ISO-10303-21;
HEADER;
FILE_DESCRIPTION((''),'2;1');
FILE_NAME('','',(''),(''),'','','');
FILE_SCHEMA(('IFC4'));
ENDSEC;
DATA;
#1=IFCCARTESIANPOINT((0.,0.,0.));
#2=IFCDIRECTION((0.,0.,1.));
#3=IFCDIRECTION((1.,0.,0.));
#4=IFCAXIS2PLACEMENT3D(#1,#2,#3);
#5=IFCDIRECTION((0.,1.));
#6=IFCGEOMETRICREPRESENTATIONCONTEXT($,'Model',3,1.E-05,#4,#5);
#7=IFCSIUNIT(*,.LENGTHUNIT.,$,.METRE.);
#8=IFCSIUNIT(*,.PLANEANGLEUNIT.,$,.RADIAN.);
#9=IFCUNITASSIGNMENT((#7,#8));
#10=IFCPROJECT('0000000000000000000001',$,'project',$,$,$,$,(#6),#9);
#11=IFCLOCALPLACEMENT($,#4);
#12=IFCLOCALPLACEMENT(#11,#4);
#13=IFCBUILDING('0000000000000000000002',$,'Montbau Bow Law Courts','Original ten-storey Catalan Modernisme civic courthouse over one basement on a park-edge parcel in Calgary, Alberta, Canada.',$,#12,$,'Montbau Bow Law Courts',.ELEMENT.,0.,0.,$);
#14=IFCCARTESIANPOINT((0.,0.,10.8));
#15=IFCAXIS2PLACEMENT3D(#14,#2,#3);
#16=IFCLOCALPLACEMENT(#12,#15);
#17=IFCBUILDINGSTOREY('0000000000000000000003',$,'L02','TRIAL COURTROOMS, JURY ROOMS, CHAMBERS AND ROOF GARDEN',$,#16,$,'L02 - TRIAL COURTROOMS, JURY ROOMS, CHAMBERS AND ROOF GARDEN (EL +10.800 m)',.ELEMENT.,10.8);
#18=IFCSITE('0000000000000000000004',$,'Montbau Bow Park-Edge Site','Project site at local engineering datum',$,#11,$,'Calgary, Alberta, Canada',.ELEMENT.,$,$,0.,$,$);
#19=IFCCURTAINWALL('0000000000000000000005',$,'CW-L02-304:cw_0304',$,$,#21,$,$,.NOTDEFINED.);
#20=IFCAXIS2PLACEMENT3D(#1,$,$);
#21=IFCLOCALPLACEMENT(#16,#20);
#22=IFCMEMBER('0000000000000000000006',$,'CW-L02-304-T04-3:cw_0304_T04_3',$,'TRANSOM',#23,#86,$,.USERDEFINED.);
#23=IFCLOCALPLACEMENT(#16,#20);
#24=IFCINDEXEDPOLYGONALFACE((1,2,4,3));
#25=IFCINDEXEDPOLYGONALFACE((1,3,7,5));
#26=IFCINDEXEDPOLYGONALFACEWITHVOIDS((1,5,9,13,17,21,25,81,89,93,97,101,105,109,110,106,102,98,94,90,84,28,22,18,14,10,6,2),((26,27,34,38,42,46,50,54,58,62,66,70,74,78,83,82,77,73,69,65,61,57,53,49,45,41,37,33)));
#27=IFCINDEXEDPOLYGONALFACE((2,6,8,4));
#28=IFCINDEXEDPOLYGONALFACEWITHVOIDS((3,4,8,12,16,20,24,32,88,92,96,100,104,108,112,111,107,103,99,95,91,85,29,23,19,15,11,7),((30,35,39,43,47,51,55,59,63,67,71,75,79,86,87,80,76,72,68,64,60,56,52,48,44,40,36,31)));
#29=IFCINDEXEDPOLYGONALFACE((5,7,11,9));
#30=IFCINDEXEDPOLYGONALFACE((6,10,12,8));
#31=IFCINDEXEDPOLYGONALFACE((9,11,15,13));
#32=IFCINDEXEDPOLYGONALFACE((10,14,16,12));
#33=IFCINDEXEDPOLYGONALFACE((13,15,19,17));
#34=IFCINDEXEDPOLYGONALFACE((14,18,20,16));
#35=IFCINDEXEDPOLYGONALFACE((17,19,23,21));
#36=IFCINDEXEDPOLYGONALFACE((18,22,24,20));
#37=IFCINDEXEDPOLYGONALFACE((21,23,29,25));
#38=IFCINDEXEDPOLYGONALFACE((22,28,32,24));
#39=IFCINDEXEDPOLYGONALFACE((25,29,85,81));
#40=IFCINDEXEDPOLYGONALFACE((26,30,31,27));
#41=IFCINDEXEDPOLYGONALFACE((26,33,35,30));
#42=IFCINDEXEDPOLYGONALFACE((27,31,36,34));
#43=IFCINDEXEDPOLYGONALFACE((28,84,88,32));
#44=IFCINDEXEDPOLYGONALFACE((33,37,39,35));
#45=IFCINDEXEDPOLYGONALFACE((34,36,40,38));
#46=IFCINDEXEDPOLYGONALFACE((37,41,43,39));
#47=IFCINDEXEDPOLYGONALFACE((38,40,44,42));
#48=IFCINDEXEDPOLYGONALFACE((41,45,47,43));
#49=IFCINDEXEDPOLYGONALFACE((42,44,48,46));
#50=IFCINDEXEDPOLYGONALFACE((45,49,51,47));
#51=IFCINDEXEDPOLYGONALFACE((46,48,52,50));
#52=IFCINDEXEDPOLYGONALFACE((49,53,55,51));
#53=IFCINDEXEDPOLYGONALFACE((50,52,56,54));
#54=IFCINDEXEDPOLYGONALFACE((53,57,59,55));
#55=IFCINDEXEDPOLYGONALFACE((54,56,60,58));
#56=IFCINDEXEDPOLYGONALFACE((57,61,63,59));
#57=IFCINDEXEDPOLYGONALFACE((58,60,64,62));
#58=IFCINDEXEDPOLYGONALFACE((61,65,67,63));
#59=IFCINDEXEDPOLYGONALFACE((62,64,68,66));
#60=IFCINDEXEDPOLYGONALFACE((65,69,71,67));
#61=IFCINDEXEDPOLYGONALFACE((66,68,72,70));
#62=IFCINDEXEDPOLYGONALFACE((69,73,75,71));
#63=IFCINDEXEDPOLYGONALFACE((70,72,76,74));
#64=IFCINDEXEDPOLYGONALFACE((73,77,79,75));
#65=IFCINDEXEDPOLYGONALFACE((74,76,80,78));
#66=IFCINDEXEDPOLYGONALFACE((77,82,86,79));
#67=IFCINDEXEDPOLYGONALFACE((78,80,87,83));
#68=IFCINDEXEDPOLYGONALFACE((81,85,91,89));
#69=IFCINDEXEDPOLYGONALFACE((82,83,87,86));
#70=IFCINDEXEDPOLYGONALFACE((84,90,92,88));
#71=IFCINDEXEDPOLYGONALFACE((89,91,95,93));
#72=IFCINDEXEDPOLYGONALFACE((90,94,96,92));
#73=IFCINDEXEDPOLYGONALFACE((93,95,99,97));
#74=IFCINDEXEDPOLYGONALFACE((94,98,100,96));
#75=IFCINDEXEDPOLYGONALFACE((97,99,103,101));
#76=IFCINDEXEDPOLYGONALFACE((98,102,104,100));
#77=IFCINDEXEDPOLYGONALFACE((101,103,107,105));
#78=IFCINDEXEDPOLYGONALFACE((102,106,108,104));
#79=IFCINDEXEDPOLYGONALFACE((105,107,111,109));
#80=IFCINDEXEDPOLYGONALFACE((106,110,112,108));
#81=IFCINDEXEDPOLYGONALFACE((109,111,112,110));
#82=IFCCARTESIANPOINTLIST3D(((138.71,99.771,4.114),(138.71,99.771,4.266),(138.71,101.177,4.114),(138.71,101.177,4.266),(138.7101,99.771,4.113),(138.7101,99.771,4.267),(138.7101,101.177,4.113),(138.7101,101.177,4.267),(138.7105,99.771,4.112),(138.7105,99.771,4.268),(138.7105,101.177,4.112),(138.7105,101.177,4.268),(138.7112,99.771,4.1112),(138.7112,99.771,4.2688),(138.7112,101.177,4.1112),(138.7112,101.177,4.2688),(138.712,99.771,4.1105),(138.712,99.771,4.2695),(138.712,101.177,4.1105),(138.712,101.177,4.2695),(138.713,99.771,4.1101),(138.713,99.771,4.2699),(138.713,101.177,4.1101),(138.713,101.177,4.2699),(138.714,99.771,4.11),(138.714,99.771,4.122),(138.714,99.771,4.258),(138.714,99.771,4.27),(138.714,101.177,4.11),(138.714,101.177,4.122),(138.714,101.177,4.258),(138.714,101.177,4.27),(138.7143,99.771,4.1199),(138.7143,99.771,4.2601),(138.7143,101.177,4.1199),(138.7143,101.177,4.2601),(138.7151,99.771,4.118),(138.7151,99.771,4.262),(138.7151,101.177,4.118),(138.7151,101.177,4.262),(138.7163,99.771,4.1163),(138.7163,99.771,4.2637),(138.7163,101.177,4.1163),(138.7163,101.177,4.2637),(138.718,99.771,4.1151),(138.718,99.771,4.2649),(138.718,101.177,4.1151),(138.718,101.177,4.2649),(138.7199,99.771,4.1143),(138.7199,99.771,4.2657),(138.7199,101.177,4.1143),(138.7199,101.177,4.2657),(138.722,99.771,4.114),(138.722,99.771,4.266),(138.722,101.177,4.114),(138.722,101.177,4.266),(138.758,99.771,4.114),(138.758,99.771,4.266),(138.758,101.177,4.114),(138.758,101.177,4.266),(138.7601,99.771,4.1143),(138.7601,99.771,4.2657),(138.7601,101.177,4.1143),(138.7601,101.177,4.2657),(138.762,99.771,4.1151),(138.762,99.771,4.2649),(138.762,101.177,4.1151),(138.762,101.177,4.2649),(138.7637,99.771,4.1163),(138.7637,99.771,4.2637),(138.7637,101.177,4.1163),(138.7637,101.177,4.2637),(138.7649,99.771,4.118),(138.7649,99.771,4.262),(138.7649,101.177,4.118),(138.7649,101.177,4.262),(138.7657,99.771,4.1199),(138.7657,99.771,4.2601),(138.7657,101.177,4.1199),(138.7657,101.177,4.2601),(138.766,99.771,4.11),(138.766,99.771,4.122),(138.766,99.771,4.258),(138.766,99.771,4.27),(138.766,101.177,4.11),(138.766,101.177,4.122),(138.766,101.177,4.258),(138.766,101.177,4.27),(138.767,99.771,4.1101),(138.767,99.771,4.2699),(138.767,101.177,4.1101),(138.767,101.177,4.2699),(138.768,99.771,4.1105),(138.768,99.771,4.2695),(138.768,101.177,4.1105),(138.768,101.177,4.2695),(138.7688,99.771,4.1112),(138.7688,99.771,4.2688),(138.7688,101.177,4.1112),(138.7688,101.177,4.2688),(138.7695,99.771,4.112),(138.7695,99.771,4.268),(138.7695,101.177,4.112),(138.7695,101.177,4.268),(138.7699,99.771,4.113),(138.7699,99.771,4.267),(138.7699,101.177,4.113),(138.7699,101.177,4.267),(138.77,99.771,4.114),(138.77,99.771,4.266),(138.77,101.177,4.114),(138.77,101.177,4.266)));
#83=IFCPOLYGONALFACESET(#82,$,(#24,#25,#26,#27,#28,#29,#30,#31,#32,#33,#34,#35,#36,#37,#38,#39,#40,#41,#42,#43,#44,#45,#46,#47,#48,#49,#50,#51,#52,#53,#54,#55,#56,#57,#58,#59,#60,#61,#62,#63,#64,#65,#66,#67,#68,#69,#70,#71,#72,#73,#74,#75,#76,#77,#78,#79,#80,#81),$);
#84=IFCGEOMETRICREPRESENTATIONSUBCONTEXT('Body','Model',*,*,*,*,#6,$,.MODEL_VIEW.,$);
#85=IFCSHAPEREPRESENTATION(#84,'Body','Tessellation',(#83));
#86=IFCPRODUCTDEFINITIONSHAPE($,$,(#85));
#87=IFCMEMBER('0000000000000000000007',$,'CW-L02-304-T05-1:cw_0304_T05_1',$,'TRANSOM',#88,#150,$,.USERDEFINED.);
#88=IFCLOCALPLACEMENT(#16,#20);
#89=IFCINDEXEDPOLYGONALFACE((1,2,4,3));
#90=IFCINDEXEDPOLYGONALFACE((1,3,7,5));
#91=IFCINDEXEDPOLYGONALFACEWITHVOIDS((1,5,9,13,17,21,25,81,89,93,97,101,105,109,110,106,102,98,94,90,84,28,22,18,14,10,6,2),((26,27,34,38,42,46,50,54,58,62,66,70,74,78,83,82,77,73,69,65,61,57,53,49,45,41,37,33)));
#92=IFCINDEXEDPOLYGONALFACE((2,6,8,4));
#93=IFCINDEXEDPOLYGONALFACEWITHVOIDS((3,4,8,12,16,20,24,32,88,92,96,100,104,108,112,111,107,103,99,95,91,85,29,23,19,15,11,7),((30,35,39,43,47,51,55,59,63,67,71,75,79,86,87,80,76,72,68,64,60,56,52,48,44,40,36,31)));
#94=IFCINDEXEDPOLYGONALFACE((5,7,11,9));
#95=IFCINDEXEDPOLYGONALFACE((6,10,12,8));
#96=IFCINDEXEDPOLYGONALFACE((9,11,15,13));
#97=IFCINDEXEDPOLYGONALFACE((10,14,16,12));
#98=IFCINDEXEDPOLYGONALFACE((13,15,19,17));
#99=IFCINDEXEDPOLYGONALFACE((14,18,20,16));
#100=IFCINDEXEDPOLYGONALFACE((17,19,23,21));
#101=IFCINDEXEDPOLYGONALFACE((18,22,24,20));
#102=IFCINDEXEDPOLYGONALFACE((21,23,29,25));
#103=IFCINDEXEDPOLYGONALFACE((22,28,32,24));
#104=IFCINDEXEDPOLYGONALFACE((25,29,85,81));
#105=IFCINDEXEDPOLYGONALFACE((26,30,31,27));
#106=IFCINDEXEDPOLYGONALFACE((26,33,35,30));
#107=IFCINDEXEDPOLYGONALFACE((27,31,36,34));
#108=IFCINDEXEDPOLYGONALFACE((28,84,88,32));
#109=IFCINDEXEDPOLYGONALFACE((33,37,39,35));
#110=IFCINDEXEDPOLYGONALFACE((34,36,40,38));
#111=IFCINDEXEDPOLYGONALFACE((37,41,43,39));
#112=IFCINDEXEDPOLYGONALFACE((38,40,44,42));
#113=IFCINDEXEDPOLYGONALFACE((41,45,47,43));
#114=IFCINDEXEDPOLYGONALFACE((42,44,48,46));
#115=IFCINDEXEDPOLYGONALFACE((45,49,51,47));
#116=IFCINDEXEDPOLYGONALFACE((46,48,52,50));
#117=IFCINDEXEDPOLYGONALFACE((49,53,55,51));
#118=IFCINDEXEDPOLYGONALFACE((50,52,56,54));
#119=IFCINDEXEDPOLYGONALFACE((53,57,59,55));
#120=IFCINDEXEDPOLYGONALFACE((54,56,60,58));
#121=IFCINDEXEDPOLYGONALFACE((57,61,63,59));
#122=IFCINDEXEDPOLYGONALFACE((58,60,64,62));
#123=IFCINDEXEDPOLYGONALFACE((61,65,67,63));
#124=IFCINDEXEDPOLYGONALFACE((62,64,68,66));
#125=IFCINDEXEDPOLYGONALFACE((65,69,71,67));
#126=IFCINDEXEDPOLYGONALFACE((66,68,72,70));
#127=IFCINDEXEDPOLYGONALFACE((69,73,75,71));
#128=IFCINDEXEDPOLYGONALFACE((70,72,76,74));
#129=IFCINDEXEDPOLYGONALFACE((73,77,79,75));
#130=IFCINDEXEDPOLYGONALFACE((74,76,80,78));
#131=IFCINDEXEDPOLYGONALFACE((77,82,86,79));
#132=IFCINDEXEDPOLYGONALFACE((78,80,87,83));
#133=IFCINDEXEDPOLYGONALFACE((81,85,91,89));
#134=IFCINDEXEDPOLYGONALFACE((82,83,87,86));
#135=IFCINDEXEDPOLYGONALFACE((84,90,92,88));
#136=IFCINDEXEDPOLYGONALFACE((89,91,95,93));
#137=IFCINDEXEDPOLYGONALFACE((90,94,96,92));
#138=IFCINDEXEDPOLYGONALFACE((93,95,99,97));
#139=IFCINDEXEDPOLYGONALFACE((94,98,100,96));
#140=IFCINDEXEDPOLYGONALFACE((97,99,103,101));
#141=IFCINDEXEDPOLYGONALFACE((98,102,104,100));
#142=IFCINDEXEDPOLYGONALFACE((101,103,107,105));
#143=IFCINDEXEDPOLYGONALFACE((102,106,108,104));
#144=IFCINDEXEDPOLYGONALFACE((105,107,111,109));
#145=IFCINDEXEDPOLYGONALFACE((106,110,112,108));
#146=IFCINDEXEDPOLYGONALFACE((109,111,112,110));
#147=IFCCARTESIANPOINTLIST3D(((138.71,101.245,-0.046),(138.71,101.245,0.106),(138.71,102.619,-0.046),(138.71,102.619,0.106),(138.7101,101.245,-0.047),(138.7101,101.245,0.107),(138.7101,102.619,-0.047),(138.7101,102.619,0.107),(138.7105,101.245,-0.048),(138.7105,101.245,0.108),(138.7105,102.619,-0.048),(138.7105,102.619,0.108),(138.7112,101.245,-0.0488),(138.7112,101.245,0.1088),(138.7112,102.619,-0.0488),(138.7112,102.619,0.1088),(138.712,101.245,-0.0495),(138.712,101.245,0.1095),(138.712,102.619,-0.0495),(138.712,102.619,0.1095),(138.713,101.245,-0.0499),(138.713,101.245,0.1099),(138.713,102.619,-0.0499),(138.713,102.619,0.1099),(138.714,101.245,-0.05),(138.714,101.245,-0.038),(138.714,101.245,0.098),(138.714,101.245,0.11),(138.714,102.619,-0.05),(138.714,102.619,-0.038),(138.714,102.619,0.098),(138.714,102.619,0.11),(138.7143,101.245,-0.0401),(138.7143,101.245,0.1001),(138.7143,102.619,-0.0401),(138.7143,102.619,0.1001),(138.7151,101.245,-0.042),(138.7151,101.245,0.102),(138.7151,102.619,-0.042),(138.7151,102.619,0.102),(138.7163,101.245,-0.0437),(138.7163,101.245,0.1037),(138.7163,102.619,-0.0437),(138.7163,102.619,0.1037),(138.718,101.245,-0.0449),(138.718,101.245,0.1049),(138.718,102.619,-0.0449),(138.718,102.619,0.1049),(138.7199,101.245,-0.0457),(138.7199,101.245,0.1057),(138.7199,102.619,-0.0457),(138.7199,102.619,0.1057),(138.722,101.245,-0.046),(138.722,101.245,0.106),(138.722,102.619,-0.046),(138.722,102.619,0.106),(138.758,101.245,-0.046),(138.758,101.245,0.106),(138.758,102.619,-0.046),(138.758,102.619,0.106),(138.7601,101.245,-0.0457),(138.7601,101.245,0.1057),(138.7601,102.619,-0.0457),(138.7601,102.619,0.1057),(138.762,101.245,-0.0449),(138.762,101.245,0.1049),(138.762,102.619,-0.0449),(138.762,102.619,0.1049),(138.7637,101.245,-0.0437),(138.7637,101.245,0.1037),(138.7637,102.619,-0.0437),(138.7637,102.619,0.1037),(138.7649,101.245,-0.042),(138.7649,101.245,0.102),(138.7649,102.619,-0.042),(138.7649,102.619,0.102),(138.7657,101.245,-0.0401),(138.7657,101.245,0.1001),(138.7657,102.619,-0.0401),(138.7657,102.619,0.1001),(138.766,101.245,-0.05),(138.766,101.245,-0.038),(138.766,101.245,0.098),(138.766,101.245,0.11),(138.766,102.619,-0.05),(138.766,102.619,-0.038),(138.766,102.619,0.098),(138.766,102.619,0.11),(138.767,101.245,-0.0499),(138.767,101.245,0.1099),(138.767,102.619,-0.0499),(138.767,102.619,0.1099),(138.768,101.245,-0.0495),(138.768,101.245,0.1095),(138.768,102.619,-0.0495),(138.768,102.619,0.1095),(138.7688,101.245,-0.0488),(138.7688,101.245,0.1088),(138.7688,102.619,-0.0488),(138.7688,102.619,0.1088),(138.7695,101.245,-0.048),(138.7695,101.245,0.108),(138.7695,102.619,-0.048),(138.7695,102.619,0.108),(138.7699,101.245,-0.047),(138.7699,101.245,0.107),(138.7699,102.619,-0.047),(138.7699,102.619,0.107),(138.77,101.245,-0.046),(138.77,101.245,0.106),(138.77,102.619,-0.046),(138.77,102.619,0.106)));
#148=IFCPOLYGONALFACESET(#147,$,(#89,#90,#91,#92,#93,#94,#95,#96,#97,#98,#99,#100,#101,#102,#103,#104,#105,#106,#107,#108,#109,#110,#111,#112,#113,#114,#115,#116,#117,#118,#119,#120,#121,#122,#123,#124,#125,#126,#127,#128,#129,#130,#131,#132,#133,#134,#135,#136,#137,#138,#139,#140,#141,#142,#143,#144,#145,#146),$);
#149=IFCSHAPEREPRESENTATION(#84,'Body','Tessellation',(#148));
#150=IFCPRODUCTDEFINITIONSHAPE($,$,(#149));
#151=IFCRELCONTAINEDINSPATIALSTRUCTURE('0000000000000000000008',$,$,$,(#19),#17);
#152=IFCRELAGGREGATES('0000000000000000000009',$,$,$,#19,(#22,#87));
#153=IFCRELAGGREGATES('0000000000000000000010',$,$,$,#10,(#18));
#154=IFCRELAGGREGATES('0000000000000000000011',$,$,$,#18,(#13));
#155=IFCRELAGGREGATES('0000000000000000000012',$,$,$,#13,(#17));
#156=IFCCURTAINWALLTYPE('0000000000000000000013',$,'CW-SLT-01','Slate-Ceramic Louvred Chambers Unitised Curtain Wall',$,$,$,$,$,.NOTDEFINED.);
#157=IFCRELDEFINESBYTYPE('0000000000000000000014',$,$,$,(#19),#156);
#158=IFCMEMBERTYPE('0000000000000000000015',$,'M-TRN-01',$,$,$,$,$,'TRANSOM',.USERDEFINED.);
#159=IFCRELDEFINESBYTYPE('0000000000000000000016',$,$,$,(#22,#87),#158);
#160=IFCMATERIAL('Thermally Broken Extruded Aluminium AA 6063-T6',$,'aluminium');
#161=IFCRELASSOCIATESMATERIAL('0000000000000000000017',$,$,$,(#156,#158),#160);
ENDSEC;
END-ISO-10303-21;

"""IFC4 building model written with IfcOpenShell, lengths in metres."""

from ifc_helpers import new_model, si_unit, direction, frame, origin_with_axes, origin_2d_with_axis, place, context, subcontext, project, spatial, hollow_rectangle, extrude, material, material_profile, profile_set, type_object, element, aggregate, save


model = new_model("IFC4")

# Units and contexts
model_context = context("Model", 3, precision=1e-05, world=origin_with_axes(), true_north=direction((0.0, 1.0)))
body_context = subcontext(model_context, "Body", "Model", "MODEL_VIEW")
ifc_project = project(units=[si_unit("LENGTHUNIT", "METRE"), si_unit("PLANEANGLEUNIT", "RADIAN")], contexts=[model_context])

# Site, building, storey
site_placement = place(None, origin_with_axes())
site = spatial("IfcSite", under=ifc_project, at=site_placement, Name="Montbau Bow Park-Edge Site", Description="Project site at local engineering datum", LongName="Calgary, Alberta, Canada", CompositionType="ELEMENT", RefElevation=0.0)
building_placement = place(site_placement, origin_with_axes())
building = spatial("IfcBuilding", under=site, at=building_placement, Name="Montbau Bow Law Courts", Description="Original ten-storey Catalan Modernisme civic courthouse over one basement on a park-edge parcel in Calgary, Alberta, Canada.", LongName="Montbau Bow Law Courts", CompositionType="ELEMENT", ElevationOfRefHeight=0.0, ElevationOfTerrain=0.0)
storey_placement = place(building_placement, frame((0.0, 0.0, 10.8), z_axis=(0.0, 0.0, 1.0), x_axis=(1.0, 0.0, 0.0)))
storey = spatial("IfcBuildingStorey", under=building, at=storey_placement, Name="L02", Description="TRIAL COURTROOMS, JURY ROOMS, CHAMBERS AND ROOF GARDEN", LongName="L02 - TRIAL COURTROOMS, JURY ROOMS, CHAMBERS AND ROOF GARDEN (EL +10.800 m)", CompositionType="ELEMENT", Elevation=10.8)

# Shared definitions
ifc_material_1 = material(Name="Thermally Broken Extruded Aluminium AA 6063-T6", Category="aluminium")
curtain_wall_type = type_object("IfcCurtainWallType", Name="CW-SLT-01", Description="Slate-Ceramic Louvred Chambers Unitised Curtain Wall", PredefinedType="NOTDEFINED", material=ifc_material_1)

# Curtain wall, members
curtain_wall_1_placement = place(None, frame((138.74, 95.315, 10.8), z_axis=(0.0, 0.0, 1.0), x_axis=(1.0, 0.0, 0.0)))
curtain_wall_1 = element("IfcCurtainWall", 1, at=curtain_wall_1_placement, inside=storey, type_object=curtain_wall_type, Name="CW-L02-304:cw_0304", PredefinedType="NOTDEFINED")
ifc_material_profile_1 = material_profile(ifc_material_1, hollow_rectangle(XDim=0.06, YDim=0.16, WallThickness=0.004, InnerFilletRadius=0.008, OuterFilletRadius=0.004, at=origin_2d_with_axis()), Name="CWT-160X60", Category="Main", Priority=0)
ifc_profile_set_1 = profile_set([ifc_material_profile_1], Name="Thermally Broken Extruded Aluminium AA 6063-T6")
member_type_1 = type_object("IfcMemberType", Name="M-TRN-01", ElementType="TRANSOM", PredefinedType="USERDEFINED", material=ifc_profile_set_1)
member_1_placement = place(None, frame((138.74, 99.771, 14.99), z_axis=(0.0, 1.0, 0.0), x_axis=(-1.0, 0.0, 0.0)))
member_1 = element("IfcMember", 2, at=member_1_placement, type_object=member_type_1, Name="CW-L02-304-T04-3:cw_0304_T04_3", ObjectType="TRANSOM", PredefinedType="USERDEFINED", context=body_context, shape_type="SweptSolid", body=[
    extrude(hollow_rectangle(XDim=0.06, YDim=0.16, WallThickness=0.004, InnerFilletRadius=0.008, OuterFilletRadius=0.004, at=origin_2d_with_axis()), origin_with_axes(), (0.0, 0.0, 1.0), 1.406),
])
member_2_placement = place(None, frame((138.74, 101.245, 10.83), z_axis=(0.0, 1.0, 0.0), x_axis=(-1.0, 0.0, 0.0)))
member_2 = element("IfcMember", 3, at=member_2_placement, type_object=member_type_1, Name="CW-L02-304-T05-1:cw_0304_T05_1", ObjectType="TRANSOM", PredefinedType="USERDEFINED", context=body_context, shape_type="SweptSolid", body=[
    extrude(hollow_rectangle(XDim=0.06, YDim=0.16, WallThickness=0.004, InnerFilletRadius=0.008, OuterFilletRadius=0.004, at=origin_2d_with_axis()), origin_with_axes(), (0.0, 0.0, 1.0), 1.374),
])

aggregate(curtain_wall_1, [member_1, member_2])

save(model, "model.ifc")
